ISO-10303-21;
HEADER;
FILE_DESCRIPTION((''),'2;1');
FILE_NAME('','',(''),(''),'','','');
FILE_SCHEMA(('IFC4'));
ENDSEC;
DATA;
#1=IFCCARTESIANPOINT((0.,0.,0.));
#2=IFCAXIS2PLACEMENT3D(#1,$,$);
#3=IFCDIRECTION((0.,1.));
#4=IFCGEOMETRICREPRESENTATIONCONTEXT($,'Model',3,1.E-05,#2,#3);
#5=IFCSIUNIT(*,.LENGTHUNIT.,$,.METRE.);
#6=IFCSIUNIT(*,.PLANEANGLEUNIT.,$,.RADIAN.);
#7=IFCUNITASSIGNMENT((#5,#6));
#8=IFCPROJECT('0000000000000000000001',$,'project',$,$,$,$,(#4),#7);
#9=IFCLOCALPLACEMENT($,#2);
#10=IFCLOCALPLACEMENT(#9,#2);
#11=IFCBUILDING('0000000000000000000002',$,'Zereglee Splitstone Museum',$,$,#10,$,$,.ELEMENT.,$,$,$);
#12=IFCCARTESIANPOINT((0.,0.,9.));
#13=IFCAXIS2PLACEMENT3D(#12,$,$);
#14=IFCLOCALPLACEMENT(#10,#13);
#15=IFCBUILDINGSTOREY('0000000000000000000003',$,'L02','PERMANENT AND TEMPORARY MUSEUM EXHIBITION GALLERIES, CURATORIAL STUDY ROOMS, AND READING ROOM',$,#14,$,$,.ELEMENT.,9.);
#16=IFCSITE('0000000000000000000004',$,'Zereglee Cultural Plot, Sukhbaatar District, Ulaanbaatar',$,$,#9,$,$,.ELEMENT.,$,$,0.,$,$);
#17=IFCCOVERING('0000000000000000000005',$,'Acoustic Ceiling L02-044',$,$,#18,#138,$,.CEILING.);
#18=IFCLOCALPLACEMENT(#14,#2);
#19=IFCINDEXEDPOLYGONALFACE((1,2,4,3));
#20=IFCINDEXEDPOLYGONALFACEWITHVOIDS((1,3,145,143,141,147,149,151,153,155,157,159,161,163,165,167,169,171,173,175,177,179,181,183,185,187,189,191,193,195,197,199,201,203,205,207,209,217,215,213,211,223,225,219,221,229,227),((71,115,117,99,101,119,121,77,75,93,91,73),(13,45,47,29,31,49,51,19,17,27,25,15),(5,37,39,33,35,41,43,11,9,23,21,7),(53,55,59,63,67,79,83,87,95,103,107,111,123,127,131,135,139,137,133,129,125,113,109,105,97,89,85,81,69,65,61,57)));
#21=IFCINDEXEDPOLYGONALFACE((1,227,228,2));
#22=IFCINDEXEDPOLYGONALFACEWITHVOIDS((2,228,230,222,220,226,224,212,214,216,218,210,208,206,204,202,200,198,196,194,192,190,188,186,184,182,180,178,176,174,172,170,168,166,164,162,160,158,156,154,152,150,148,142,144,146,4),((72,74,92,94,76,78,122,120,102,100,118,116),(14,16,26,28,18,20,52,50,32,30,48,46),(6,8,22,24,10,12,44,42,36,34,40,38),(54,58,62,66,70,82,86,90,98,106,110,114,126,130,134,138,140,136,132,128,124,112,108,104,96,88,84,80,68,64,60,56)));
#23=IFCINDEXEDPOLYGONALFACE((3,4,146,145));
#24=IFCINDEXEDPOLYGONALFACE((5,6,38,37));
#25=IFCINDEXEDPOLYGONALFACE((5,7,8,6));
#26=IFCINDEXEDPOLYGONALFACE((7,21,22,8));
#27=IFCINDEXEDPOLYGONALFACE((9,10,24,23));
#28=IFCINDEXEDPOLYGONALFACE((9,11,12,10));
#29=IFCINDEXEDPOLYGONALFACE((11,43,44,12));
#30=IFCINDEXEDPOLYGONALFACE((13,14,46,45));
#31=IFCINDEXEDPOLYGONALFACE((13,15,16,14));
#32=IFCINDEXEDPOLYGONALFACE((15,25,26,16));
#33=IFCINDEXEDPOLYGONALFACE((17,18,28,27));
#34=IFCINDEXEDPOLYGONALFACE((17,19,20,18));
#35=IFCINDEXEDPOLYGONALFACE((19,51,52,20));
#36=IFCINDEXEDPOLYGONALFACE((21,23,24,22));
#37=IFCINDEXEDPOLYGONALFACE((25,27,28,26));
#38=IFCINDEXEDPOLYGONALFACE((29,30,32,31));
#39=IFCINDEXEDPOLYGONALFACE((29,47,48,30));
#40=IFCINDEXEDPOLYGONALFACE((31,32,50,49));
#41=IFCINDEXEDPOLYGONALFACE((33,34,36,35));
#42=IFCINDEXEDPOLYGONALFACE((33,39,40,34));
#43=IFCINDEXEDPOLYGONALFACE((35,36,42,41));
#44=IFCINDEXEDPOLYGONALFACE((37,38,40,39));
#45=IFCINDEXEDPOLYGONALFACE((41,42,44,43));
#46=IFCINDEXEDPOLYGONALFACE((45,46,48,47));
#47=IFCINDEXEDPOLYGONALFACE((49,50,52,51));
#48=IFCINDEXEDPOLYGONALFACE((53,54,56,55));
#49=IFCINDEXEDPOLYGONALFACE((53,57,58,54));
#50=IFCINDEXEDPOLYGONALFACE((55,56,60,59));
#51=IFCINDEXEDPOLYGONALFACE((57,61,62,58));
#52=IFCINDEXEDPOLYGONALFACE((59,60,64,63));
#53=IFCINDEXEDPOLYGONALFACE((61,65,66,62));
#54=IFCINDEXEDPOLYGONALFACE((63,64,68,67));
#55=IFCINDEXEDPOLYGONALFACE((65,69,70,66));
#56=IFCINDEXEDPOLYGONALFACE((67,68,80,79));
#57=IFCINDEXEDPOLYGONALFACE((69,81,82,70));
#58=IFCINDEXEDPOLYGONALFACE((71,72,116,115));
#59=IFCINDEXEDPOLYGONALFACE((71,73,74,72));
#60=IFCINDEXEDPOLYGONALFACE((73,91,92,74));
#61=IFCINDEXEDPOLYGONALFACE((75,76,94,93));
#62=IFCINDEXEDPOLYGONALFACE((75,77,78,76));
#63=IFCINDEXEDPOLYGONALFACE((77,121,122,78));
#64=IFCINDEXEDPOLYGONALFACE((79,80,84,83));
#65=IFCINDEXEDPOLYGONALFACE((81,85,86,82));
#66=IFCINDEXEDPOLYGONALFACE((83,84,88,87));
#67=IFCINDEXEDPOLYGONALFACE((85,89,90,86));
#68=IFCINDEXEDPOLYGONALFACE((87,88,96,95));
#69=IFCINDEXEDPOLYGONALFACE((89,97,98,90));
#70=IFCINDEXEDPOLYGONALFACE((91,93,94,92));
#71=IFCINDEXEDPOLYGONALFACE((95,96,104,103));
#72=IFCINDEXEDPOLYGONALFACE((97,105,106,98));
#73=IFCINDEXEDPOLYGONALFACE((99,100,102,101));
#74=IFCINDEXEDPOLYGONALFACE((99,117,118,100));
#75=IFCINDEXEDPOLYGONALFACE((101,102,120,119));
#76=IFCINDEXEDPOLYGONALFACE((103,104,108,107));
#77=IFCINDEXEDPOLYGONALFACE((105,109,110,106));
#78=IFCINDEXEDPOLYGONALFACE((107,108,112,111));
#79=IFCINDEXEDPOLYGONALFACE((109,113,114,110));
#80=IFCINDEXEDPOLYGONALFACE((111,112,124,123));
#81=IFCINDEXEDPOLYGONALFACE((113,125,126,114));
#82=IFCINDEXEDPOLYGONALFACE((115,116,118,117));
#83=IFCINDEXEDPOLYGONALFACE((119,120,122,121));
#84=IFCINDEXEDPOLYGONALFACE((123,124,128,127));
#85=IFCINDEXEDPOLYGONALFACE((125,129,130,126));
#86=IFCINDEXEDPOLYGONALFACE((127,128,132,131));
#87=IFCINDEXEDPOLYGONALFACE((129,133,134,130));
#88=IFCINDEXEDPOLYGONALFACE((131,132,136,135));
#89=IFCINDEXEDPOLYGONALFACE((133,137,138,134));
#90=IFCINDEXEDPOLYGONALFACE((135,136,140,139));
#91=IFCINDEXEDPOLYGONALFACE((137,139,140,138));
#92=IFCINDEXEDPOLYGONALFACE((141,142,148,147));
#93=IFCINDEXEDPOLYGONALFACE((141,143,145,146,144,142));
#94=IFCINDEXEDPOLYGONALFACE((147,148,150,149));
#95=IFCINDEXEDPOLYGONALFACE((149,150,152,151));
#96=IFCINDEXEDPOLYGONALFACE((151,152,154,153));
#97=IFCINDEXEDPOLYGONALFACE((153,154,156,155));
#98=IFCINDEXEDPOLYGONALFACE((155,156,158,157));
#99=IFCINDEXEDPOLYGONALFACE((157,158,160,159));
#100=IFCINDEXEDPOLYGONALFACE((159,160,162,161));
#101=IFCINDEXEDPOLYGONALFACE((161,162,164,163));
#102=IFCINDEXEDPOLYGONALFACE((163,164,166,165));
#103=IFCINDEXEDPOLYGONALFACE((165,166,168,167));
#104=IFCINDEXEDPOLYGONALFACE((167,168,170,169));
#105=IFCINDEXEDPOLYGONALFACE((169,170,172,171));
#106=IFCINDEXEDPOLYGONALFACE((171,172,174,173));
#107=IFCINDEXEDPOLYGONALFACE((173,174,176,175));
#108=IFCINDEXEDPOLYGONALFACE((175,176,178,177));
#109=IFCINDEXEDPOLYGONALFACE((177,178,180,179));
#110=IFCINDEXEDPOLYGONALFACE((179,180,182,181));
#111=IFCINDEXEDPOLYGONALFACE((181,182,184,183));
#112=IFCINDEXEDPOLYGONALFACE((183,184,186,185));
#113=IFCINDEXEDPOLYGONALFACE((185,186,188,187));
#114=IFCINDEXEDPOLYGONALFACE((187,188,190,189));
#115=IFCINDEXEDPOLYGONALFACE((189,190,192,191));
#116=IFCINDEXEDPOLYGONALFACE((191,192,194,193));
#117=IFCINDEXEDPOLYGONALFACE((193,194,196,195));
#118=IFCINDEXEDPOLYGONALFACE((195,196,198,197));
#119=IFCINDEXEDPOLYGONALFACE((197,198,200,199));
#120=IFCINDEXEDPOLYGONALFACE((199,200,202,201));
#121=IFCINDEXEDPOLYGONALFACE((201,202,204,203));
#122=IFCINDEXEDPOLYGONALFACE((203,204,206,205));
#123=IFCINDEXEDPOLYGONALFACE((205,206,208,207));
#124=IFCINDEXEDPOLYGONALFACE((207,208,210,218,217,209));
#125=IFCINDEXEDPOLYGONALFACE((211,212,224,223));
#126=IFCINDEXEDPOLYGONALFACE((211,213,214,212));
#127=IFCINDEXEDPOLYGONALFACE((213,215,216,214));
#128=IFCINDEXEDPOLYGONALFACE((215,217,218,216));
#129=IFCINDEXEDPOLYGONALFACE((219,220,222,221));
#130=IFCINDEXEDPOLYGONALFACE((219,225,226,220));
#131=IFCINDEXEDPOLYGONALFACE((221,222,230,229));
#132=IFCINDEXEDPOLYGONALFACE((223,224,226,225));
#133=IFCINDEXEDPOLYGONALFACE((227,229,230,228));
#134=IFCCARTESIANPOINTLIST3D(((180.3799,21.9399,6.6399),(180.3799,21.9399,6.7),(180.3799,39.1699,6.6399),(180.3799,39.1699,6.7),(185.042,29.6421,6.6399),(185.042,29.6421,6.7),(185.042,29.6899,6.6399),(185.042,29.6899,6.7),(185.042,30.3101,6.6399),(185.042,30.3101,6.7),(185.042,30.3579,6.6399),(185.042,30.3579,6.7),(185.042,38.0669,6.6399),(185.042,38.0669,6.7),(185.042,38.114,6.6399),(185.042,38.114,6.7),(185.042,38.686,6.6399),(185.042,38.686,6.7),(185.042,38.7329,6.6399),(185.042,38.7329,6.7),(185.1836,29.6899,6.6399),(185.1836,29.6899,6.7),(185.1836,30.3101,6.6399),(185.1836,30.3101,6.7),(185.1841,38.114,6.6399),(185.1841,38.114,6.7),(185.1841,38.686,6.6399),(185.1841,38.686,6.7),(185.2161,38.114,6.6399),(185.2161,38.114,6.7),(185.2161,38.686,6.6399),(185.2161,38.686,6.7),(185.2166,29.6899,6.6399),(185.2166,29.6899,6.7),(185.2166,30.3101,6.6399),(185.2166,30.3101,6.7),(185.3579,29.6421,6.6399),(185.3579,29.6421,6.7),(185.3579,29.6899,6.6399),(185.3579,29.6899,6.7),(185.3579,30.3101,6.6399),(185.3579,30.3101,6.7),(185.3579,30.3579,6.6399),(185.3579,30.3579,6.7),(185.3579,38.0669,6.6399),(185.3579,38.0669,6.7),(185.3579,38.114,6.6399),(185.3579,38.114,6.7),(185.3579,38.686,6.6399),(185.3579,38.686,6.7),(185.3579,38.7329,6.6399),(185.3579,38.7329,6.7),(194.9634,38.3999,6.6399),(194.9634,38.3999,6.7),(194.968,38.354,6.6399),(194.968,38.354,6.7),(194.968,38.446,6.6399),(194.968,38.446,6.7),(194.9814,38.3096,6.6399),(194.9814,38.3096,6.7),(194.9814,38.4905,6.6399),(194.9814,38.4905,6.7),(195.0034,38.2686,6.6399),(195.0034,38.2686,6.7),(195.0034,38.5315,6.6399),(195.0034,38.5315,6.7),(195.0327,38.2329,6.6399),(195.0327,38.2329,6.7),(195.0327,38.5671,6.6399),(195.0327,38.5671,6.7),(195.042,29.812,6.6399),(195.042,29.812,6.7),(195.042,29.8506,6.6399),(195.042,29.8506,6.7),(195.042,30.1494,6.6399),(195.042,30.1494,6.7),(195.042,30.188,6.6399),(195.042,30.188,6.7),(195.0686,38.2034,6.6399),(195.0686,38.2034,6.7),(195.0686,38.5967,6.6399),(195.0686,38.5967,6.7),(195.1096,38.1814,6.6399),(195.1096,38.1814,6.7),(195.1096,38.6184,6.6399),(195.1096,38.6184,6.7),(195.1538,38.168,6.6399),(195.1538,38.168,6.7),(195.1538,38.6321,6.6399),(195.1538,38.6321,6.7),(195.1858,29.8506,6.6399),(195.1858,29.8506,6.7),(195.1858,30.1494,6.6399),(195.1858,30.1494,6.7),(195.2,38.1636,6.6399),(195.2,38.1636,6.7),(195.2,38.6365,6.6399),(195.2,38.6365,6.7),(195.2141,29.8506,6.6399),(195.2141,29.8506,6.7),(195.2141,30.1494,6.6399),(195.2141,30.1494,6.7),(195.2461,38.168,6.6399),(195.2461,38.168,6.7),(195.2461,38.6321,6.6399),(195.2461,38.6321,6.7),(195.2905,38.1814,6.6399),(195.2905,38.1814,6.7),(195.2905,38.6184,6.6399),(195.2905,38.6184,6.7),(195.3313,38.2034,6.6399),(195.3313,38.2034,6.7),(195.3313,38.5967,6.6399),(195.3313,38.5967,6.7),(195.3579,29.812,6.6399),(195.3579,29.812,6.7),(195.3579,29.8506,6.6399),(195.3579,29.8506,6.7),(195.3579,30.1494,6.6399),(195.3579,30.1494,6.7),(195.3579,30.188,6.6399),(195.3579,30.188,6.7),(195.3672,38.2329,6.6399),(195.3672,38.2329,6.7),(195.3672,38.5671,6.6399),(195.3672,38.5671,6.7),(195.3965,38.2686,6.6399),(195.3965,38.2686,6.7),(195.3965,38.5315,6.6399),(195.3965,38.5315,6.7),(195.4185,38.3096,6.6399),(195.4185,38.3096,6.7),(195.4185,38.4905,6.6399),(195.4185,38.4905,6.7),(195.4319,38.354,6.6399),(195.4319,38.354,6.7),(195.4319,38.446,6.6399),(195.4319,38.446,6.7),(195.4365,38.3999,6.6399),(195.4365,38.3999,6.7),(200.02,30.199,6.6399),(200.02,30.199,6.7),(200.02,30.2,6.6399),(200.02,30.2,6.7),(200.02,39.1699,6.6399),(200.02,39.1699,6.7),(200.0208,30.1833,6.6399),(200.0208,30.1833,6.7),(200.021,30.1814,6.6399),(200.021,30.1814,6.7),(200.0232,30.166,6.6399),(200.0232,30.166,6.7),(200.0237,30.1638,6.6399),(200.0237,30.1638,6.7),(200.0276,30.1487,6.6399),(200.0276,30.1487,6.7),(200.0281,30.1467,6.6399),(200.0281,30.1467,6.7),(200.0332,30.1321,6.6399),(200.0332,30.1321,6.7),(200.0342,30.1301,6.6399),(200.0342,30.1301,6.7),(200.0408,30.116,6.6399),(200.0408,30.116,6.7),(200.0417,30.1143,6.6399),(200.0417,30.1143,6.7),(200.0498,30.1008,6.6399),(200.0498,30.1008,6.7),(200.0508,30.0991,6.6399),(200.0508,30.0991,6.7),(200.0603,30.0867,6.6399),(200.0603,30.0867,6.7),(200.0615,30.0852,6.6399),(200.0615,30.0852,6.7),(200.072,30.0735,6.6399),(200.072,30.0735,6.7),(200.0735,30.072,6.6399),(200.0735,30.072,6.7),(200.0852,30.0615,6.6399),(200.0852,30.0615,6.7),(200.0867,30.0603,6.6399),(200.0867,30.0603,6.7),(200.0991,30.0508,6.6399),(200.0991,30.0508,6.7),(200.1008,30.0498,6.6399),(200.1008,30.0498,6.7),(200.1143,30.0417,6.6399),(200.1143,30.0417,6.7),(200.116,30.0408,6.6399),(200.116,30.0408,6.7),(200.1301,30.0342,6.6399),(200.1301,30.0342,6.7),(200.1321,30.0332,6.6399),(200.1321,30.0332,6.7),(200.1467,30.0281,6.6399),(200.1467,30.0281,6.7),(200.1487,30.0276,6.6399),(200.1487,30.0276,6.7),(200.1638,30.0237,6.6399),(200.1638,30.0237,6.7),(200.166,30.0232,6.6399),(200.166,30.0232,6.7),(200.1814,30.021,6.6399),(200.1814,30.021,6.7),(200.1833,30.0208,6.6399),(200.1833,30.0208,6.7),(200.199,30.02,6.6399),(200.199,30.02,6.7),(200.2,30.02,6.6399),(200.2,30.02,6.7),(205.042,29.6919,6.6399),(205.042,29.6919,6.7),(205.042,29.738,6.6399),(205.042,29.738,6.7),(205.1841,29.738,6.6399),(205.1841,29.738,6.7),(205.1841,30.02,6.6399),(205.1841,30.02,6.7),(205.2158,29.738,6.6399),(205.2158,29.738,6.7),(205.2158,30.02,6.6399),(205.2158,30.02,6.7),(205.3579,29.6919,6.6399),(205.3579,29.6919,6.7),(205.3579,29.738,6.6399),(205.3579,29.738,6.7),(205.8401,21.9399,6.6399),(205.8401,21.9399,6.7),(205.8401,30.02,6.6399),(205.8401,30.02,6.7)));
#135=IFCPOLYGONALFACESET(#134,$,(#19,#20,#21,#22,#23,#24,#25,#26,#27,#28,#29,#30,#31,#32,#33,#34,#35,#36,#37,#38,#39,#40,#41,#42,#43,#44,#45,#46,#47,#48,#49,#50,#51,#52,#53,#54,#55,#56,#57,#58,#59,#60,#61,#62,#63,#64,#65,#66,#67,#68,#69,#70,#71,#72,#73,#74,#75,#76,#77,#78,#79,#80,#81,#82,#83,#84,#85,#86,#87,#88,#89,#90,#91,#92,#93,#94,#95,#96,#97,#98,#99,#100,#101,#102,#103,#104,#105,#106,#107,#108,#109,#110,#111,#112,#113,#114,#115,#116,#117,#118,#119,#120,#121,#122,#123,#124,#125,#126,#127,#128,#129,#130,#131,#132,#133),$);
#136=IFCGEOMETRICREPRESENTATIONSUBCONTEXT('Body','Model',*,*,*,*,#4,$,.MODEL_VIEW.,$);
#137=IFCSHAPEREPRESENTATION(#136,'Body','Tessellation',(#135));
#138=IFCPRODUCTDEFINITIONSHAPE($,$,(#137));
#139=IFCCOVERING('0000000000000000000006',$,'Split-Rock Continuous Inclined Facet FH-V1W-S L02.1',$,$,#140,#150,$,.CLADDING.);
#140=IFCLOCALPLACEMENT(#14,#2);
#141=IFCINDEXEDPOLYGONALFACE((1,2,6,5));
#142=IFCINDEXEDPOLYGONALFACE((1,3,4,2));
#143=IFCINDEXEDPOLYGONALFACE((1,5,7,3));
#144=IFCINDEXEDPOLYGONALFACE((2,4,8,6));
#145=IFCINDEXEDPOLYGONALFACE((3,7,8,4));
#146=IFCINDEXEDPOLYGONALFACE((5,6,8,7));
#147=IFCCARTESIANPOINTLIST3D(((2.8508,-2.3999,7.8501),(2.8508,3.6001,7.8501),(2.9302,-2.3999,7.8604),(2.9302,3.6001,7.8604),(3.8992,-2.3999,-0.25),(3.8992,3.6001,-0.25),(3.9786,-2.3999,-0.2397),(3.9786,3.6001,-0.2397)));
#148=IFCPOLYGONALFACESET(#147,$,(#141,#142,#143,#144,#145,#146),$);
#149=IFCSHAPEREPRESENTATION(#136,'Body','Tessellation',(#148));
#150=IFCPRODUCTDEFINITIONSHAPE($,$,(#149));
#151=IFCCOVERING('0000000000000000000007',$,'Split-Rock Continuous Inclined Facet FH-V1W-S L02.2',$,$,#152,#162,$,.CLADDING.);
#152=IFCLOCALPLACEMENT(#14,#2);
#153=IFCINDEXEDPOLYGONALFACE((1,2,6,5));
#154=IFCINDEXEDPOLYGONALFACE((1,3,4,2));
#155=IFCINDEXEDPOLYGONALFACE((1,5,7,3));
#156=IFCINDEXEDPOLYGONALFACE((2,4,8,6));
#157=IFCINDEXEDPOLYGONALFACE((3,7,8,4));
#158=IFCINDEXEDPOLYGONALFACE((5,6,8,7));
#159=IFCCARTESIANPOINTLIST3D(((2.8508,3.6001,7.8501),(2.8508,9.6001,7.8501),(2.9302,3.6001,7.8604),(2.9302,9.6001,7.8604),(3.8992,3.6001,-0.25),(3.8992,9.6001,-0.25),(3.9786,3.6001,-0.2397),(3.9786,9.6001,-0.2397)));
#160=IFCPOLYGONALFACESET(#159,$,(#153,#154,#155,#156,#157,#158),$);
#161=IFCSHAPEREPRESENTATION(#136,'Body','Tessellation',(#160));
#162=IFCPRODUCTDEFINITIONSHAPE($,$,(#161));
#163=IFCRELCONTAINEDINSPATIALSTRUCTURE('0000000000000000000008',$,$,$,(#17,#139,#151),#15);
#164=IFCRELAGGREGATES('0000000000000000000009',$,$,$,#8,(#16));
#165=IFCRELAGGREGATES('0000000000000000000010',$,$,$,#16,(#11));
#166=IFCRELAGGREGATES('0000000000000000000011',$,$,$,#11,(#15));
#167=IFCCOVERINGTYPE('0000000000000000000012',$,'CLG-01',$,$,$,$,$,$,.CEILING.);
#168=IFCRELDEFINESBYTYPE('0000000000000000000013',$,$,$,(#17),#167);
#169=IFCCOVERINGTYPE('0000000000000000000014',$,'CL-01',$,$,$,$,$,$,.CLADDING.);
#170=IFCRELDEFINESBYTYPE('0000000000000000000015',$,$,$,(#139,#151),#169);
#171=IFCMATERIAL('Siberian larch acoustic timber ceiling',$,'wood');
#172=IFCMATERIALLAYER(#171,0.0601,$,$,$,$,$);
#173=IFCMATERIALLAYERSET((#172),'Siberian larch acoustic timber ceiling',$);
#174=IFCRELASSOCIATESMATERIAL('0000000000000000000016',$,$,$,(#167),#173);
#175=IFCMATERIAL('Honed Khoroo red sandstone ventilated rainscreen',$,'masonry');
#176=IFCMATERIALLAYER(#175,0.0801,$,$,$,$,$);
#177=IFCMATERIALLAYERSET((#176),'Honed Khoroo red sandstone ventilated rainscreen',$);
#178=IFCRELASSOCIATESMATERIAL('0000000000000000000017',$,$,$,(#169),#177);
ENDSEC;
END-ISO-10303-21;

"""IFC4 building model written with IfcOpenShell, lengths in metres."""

from ifc_helpers import new_model, si_unit, direction, frame, origin, place, context, subcontext, project, spatial, polyline, outline, extrude, material, layer, layer_set, type_object, element, save


model = new_model("IFC4")

# Units and contexts
model_context = context("Model", 3, precision=1e-05, world=origin(), true_north=direction((0.0, 1.0)))
body_context = subcontext(model_context, "Body", "Model", "MODEL_VIEW")
ifc_project = project(units=[si_unit("LENGTHUNIT", "METRE"), si_unit("PLANEANGLEUNIT", "RADIAN")], contexts=[model_context])

# Site, building, storey
site_placement = place(None, origin())
site = spatial("IfcSite", under=ifc_project, at=site_placement, Name="Zereglee Cultural Plot, Sukhbaatar District, Ulaanbaatar", CompositionType="ELEMENT", RefElevation=0.0)
building_placement = place(site_placement, origin())
building = spatial("IfcBuilding", under=site, at=building_placement, Name="Zereglee Splitstone Museum", CompositionType="ELEMENT")
storey_placement = place(building_placement, frame((0.0, 0.0, 9.0)))
storey = spatial("IfcBuildingStorey", under=building, at=storey_placement, Name="L02", Description="PERMANENT AND TEMPORARY MUSEUM EXHIBITION GALLERIES, CURATORIAL STUDY ROOMS, AND READING ROOM", CompositionType="ELEMENT", Elevation=9.0)

# Coverings
ifc_material_1 = material(Name="Siberian larch acoustic timber ceiling", Category="wood")
ifc_layer_1 = layer(ifc_material_1, 0.0601)
ifc_layer_set_1 = layer_set([ifc_layer_1], Name="Siberian larch acoustic timber ceiling")
covering_type_1 = type_object("IfcCoveringType", Name="CLG-01", PredefinedType="CEILING", material=ifc_layer_set_1)
covering_1_placement = place(storey_placement, frame((0.0, 0.0, 6.6399)))
element("IfcCovering", 1, at=covering_1_placement, inside=storey, type_object=covering_type_1, Name="Acoustic Ceiling L02-044", PredefinedType="CEILING", context=body_context, shape_type="SweptSolid", body=[
    extrude(outline(polyline([(180.3799, 39.1699), (200.02, 39.1699), (200.02, 30.2), (200.02, 30.199), (200.0208, 30.1833), (200.021, 30.1814), (200.0232, 30.166), (200.0237, 30.1638), (200.0276, 30.1487), (200.0281, 30.1467), (200.0332, 30.1321), (200.0342, 30.1301), (200.0408, 30.116), (200.0417, 30.1143), (200.0498, 30.1008), (200.0508, 30.0991), (200.0603, 30.0867), (200.0615, 30.0852), (200.072, 30.0735), (200.0735, 30.072), (200.0852, 30.0615), (200.0867, 30.0603), (200.0991, 30.0508), (200.1008, 30.0498), (200.1143, 30.0417), (200.116, 30.0408), (200.1301, 30.0342), (200.1321, 30.0332), (200.1467, 30.0281), (200.1487, 30.0276), (200.1638, 30.0237), (200.166, 30.0232), (200.1814, 30.021), (200.1833, 30.0208), (200.199, 30.02), (200.2, 30.02), (205.1841, 30.02), (205.1841, 29.738), (205.042, 29.738), (205.042, 29.6919), (205.3579, 29.6919), (205.3579, 29.738), (205.2158, 29.738), (205.2158, 30.02), (205.8401, 30.02), (205.8401, 21.9399), (180.3799, 21.9399), (180.3799, 39.1699)]), holes=[polyline([(195.3579, 30.188), (195.042, 30.188), (195.042, 30.1494), (195.1858, 30.1494), (195.1858, 29.8506), (195.042, 29.8506), (195.042, 29.812), (195.3579, 29.812), (195.3579, 29.8506), (195.2141, 29.8506), (195.2141, 30.1494), (195.3579, 30.1494), (195.3579, 30.188)]), polyline([(185.3579, 30.3579), (185.042, 30.3579), (185.042, 30.3101), (185.1836, 30.3101), (185.1836, 29.6899), (185.042, 29.6899), (185.042, 29.6421), (185.3579, 29.6421), (185.3579, 29.6899), (185.2166, 29.6899), (185.2166, 30.3101), (185.3579, 30.3101), (185.3579, 30.3579)]), polyline([(195.2905, 38.1814), (195.3313, 38.2034), (195.3672, 38.2329), (195.3965, 38.2686), (195.4185, 38.3096), (195.4319, 38.354), (195.4365, 38.3999), (195.4319, 38.446), (195.4185, 38.4905), (195.3965, 38.5315), (195.3672, 38.5671), (195.3313, 38.5967), (195.2905, 38.6184), (195.2461, 38.6321), (195.2, 38.6365), (195.1538, 38.6321), (195.1096, 38.6184), (195.0686, 38.5967), (195.0327, 38.5671), (195.0034, 38.5315), (194.9814, 38.4905), (194.968, 38.446), (194.9634, 38.3999), (194.968, 38.354), (194.9814, 38.3096), (195.0034, 38.2686), (195.0327, 38.2329), (195.0686, 38.2034), (195.1096, 38.1814), (195.1538, 38.168), (195.2, 38.1636), (195.2461, 38.168), (195.2905, 38.1814)]), polyline([(185.3579, 38.7329), (185.042, 38.7329), (185.042, 38.686), (185.1841, 38.686), (185.1841, 38.114), (185.042, 38.114), (185.042, 38.0669), (185.3579, 38.0669), (185.3579, 38.114), (185.2161, 38.114), (185.2161, 38.686), (185.3579, 38.686), (185.3579, 38.7329)])]), origin(), (0.0, 0.0, 1.0), 0.0601),
])
ifc_material_2 = material(Name="Honed Khoroo red sandstone ventilated rainscreen", Category="masonry")
ifc_layer_2 = layer(ifc_material_2, 0.0801)
ifc_layer_set_2 = layer_set([ifc_layer_2], Name="Honed Khoroo red sandstone ventilated rainscreen")
covering_type_2 = type_object("IfcCoveringType", Name="CL-01", PredefinedType="CLADDING", material=ifc_layer_set_2)
for number, where, z_axis, x_axis, name in (
    (2, (2.8508, -2.3999, 7.8501), (-0.991729, 0.0, -0.128353), (0.0, 1.0, 0.0), "Split-Rock Continuous Inclined Facet FH-V1W-S L02.1"),
    (3, (2.8508, 3.6001, 7.8501), (-0.991729, 0.0, -0.128353), (0.0, 1.0, 0.0), "Split-Rock Continuous Inclined Facet FH-V1W-S L02.2"),
):
    element("IfcCovering", number, at=place(storey_placement, frame(where, z_axis=z_axis, x_axis=x_axis)), inside=storey, type_object=covering_type_2, Name=name, PredefinedType="CLADDING", context=body_context, shape_type="SweptSolid", body=[
        extrude(outline(polyline([(0.0, 0.0), (6.0, 0.0), (6.0, 8.1677), (0.0, 8.1677), (0.0, 0.0)])), origin(), (0.0, 0.0, -1.0), 0.0801),
    ])

save(model, "model.ifc")
